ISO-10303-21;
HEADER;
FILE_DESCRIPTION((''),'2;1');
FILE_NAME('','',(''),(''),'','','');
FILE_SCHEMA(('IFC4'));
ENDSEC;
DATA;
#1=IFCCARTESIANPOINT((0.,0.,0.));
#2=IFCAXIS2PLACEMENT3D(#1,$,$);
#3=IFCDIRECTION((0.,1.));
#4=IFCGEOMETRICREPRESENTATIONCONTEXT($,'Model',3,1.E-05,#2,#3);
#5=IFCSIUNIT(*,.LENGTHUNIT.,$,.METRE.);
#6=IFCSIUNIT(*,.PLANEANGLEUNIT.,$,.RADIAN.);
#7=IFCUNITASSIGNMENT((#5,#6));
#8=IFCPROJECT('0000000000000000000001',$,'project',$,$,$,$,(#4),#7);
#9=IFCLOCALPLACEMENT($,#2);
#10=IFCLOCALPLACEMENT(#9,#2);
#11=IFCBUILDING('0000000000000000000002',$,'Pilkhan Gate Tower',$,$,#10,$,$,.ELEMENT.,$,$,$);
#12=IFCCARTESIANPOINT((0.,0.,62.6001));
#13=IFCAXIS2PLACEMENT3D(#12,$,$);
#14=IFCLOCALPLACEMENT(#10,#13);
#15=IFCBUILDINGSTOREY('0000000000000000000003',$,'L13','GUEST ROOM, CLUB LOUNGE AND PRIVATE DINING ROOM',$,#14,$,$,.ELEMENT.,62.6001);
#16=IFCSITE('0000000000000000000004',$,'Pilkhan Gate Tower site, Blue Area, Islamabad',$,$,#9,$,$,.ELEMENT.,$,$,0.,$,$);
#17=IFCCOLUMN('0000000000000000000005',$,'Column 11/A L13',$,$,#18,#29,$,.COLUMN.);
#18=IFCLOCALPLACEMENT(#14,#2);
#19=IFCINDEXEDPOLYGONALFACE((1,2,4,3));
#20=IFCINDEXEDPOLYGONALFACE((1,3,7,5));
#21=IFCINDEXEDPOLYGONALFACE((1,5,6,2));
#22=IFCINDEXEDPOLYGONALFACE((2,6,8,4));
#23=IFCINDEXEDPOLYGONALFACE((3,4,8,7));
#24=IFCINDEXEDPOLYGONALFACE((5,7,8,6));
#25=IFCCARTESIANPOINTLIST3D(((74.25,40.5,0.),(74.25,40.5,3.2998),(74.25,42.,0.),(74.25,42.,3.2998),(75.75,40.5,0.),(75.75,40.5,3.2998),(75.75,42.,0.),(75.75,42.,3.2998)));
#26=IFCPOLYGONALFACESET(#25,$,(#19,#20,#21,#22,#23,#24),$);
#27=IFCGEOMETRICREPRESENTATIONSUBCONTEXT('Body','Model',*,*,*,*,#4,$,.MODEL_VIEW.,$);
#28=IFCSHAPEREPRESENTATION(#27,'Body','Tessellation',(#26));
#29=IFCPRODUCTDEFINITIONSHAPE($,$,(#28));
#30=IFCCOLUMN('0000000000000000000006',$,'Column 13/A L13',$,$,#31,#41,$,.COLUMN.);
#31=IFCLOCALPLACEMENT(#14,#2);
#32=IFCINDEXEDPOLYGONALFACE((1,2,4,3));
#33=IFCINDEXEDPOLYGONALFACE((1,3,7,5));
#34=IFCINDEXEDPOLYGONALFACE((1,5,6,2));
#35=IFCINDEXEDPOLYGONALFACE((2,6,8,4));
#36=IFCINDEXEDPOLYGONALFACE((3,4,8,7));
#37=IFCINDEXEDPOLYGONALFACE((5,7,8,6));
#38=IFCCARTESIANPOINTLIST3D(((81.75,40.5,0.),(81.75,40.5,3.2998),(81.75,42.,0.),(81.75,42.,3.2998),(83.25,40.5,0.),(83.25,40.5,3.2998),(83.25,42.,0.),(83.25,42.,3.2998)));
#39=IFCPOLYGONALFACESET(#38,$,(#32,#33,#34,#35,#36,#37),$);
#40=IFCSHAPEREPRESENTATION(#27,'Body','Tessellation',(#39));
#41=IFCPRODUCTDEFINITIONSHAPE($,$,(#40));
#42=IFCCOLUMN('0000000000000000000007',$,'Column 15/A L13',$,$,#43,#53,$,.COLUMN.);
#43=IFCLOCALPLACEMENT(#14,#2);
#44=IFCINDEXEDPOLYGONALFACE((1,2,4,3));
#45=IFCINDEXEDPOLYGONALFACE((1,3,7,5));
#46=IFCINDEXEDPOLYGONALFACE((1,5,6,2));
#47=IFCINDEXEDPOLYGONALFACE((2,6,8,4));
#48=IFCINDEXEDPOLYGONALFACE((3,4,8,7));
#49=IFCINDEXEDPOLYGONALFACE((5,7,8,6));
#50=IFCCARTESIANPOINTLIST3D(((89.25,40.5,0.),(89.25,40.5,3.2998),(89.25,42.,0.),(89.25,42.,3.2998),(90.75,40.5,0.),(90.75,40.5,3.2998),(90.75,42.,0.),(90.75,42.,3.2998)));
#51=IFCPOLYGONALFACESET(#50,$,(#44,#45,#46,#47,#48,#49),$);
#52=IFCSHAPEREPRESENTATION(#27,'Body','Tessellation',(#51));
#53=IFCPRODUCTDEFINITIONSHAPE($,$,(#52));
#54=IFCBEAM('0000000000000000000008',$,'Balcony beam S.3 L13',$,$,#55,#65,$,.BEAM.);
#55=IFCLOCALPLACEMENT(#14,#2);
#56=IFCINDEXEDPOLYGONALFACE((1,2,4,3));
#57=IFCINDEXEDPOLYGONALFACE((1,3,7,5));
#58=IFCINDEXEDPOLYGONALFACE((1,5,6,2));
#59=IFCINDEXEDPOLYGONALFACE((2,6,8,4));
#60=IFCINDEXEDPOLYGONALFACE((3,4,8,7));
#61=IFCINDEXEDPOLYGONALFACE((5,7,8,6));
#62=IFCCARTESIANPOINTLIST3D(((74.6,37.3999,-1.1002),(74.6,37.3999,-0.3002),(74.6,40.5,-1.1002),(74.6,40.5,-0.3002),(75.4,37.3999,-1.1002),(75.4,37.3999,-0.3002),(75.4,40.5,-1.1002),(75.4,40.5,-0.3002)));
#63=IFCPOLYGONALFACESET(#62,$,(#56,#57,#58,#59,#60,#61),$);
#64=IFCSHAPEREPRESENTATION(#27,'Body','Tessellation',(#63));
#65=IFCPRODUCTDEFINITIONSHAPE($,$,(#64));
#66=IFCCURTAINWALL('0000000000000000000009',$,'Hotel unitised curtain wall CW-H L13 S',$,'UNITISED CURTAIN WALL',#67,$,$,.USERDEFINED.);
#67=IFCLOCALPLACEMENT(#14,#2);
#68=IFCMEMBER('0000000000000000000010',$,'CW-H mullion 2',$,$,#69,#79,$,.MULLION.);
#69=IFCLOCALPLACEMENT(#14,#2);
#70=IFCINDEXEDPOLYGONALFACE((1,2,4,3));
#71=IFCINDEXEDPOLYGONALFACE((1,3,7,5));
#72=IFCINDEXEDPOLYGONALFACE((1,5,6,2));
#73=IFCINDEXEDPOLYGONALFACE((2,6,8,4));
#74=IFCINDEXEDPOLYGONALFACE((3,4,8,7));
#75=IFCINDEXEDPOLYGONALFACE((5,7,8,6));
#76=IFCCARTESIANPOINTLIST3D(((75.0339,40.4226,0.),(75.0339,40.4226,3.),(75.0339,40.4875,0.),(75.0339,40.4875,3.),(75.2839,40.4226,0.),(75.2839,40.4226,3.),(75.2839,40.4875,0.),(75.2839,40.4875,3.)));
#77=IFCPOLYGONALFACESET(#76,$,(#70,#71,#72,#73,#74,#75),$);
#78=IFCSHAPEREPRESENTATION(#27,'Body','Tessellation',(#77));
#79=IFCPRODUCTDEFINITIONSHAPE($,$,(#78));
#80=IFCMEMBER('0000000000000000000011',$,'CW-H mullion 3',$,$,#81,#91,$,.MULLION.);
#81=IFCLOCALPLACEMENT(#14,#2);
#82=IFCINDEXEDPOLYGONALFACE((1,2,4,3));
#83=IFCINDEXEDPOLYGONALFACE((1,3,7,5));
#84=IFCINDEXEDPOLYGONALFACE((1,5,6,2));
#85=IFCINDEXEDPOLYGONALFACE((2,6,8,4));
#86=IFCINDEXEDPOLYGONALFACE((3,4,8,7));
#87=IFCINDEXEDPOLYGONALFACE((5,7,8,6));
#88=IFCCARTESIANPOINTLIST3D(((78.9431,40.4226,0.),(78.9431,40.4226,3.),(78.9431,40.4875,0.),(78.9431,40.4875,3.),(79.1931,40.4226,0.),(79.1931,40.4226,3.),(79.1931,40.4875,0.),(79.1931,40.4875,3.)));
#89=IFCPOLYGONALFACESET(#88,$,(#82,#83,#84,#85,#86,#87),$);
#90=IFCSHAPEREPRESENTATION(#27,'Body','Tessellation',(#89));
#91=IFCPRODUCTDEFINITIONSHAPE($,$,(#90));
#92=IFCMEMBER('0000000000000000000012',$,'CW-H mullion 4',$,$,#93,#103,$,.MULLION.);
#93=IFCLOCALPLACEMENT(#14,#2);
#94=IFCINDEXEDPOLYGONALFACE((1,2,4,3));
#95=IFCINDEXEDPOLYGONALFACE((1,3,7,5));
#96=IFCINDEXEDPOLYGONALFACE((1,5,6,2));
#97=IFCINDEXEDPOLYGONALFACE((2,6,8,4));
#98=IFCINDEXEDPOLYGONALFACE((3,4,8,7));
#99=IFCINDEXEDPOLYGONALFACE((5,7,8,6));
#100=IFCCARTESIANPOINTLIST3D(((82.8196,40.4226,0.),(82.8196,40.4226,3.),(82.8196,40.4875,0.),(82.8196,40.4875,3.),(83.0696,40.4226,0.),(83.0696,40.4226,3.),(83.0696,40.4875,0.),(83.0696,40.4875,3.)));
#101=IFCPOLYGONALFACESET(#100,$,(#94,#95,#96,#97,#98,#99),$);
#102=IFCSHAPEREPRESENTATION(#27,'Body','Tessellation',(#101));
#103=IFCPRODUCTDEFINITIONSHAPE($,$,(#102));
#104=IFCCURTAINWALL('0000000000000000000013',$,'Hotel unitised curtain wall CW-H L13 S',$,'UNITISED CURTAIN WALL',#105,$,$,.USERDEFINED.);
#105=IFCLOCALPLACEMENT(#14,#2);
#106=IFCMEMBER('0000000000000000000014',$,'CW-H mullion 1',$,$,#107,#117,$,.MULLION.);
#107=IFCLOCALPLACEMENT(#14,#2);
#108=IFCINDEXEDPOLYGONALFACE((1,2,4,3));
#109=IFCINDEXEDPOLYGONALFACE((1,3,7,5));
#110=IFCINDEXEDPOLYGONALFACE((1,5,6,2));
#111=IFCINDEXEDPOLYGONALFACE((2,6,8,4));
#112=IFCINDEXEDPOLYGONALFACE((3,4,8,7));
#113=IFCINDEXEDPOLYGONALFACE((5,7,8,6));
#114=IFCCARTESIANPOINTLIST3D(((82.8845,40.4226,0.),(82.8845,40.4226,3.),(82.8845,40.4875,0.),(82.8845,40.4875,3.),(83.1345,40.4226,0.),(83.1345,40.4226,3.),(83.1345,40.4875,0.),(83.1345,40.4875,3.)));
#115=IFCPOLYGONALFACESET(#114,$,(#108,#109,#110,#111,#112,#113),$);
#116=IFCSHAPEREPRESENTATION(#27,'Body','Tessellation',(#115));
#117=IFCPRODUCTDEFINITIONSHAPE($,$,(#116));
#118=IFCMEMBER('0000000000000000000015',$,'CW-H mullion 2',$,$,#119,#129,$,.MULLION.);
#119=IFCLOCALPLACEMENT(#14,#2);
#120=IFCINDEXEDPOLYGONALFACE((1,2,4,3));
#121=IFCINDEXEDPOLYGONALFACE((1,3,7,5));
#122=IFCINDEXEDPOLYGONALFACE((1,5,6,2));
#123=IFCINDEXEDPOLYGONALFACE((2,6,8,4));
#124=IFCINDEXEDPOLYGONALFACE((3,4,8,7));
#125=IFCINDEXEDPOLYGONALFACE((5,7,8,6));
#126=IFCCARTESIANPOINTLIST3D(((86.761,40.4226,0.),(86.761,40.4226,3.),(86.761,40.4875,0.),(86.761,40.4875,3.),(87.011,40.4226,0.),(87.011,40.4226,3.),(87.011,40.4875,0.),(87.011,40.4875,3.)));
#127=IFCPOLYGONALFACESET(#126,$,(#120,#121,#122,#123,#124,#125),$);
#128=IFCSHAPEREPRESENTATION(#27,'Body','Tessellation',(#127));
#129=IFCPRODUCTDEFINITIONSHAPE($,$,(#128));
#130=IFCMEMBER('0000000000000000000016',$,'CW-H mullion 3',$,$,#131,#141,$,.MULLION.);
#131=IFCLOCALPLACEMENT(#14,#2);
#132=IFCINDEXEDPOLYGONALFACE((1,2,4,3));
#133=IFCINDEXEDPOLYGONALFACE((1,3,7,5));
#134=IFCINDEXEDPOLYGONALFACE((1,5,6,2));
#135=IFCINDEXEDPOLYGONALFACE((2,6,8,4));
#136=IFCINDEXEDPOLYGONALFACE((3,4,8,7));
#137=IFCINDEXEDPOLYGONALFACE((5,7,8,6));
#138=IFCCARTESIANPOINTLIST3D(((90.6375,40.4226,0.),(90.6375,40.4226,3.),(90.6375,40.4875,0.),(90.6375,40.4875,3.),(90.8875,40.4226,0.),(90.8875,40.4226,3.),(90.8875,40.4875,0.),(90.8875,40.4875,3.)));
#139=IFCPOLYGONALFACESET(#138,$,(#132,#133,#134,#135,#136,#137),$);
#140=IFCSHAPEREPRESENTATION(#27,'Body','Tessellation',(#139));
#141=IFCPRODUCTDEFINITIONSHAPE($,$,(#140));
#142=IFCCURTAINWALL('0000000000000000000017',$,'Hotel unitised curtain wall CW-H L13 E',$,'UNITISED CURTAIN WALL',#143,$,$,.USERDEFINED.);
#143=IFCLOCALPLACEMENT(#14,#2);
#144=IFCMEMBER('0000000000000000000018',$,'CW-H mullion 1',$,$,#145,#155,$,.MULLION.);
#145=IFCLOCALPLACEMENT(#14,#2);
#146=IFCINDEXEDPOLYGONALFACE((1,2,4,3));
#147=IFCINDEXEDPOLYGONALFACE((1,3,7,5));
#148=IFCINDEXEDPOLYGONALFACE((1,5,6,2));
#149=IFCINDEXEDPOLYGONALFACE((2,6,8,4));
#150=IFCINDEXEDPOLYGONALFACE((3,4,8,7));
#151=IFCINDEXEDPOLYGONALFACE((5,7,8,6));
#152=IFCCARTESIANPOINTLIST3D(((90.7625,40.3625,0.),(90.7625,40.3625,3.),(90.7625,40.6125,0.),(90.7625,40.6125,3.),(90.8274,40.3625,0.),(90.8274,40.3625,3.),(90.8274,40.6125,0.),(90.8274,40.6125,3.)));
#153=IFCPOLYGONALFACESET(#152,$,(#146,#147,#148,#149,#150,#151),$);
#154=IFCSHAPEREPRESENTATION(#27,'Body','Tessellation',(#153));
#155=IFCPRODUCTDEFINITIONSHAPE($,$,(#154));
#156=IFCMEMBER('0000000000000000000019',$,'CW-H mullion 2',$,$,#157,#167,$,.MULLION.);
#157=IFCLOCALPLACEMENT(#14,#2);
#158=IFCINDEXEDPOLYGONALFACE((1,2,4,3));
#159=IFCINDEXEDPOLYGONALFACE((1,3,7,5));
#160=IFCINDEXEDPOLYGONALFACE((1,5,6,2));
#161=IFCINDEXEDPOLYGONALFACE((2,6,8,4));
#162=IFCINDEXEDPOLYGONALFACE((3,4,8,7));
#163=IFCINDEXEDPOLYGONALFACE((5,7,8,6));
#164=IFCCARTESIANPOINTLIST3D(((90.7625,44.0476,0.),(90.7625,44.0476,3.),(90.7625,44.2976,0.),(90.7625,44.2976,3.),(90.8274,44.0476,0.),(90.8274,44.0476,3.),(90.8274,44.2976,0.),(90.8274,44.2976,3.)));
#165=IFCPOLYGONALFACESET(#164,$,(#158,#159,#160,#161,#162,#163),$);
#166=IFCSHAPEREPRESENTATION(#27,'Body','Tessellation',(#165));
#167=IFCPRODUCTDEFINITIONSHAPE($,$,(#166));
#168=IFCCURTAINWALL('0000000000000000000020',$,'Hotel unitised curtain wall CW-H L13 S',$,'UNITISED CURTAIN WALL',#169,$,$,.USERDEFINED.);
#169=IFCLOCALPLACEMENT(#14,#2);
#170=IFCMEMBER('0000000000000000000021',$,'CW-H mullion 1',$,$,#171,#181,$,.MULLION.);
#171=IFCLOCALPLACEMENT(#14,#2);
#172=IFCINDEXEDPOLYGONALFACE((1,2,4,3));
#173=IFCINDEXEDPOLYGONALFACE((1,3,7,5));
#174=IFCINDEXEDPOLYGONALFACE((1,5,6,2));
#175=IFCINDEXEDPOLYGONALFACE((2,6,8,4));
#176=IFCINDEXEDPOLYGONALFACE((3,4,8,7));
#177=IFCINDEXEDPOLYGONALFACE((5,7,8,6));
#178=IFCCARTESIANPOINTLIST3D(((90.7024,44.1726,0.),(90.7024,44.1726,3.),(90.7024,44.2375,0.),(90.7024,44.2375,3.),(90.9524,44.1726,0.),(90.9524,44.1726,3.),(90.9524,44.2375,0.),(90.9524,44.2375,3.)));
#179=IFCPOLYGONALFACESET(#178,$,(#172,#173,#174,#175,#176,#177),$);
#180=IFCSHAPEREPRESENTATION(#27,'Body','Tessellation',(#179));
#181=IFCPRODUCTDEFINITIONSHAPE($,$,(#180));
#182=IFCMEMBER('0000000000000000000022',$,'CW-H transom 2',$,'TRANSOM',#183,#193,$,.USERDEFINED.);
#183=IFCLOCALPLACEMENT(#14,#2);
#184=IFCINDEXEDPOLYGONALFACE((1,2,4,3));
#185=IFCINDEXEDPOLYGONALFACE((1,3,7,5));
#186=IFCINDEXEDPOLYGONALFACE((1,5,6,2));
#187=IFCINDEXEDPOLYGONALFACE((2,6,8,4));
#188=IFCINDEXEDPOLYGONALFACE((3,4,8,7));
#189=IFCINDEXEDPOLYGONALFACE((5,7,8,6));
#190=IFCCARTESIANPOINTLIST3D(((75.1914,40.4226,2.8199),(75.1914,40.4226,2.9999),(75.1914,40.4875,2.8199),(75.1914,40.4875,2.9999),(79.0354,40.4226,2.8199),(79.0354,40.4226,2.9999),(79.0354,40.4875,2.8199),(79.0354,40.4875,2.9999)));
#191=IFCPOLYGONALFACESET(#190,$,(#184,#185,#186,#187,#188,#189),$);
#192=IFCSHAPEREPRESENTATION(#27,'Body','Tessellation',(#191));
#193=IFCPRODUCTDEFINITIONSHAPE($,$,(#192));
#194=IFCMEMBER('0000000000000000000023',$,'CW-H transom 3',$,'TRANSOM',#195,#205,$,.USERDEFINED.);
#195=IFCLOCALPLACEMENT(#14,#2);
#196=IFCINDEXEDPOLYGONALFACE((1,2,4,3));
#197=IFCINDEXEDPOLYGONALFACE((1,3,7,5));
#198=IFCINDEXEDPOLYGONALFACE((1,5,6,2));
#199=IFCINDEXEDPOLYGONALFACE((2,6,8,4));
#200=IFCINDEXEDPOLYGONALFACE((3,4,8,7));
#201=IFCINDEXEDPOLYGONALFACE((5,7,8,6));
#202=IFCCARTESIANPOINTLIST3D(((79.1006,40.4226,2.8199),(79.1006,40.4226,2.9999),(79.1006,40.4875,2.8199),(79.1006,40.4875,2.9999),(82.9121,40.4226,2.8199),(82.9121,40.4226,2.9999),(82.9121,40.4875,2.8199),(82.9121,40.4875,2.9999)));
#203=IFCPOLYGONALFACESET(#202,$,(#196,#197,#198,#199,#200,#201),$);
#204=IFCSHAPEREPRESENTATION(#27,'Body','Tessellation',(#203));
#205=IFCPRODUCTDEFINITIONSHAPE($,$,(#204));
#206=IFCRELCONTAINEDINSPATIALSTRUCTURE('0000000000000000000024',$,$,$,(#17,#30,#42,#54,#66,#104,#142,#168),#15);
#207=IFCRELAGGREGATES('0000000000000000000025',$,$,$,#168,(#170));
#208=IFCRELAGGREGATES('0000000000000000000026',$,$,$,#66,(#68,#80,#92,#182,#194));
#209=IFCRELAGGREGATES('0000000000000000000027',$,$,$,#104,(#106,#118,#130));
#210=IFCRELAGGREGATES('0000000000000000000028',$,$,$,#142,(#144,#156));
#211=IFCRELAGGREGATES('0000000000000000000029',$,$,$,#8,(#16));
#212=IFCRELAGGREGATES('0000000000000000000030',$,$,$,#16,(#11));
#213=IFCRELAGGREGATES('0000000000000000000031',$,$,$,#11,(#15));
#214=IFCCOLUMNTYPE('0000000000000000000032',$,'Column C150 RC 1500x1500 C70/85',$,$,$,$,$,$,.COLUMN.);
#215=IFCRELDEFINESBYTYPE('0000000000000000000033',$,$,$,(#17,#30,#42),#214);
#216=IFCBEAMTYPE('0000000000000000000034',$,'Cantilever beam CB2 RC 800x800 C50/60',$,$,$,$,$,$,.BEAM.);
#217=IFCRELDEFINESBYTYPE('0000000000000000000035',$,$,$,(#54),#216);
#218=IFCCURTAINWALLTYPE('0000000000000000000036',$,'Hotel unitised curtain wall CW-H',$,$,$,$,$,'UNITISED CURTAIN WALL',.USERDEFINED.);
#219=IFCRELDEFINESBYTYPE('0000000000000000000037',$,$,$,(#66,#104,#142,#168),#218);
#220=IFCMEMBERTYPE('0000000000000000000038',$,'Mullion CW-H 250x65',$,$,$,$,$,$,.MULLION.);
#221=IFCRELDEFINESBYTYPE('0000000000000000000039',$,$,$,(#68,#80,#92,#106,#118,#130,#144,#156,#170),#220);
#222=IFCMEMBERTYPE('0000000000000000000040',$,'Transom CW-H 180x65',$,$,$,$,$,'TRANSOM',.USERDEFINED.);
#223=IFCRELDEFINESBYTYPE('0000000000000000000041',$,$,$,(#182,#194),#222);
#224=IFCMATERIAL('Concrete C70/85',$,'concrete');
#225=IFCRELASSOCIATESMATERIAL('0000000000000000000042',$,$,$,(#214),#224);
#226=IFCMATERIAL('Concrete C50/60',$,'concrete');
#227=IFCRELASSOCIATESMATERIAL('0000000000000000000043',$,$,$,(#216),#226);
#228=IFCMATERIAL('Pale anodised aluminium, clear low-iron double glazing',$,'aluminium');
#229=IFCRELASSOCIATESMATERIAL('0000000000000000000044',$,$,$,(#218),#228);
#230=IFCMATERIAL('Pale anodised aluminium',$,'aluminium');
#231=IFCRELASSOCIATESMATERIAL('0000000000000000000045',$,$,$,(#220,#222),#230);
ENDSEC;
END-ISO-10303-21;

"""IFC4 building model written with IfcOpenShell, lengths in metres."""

from ifc_helpers import new_model, si_unit, direction, frame, origin, origin_2d, place, context, subcontext, project, spatial, rectangle, extrude, material, material_profile, profile_set, type_object, element, aggregate, save


model = new_model("IFC4")

# Units and contexts
model_context = context("Model", 3, precision=1e-05, world=origin(), true_north=direction((0.0, 1.0)))
body_context = subcontext(model_context, "Body", "Model", "MODEL_VIEW")
ifc_project = project(units=[si_unit("LENGTHUNIT", "METRE"), si_unit("PLANEANGLEUNIT", "RADIAN")], contexts=[model_context])

# Site, building, storey
site_placement = place(None, origin())
site = spatial("IfcSite", under=ifc_project, at=site_placement, Name="Pilkhan Gate Tower site, Blue Area, Islamabad", CompositionType="ELEMENT", RefElevation=0.0)
building_placement = place(site_placement, origin())
building = spatial("IfcBuilding", under=site, at=building_placement, Name="Pilkhan Gate Tower", CompositionType="ELEMENT")
storey_placement = place(building_placement, frame((0.0, 0.0, 62.6001)))
storey = spatial("IfcBuildingStorey", under=building, at=storey_placement, Name="L13", Description="GUEST ROOM, CLUB LOUNGE AND PRIVATE DINING ROOM", CompositionType="ELEMENT", Elevation=62.6001)

# Columns
ifc_material_1 = material(Name="Concrete C70/85", Category="concrete")
ifc_material_profile_1 = material_profile(ifc_material_1, rectangle(XDim=1.5, YDim=1.5, at=origin_2d()), Name="RC 1500x1500")
ifc_profile_set_1 = profile_set([ifc_material_profile_1], Name="Concrete C70/85")
column_type = type_object("IfcColumnType", Name="Column C150 RC 1500x1500 C70/85", PredefinedType="COLUMN", material=ifc_profile_set_1)
for number, where, z_axis, x_axis, name in (
    (1, (75.0, 41.25, 0.0), (0.0, 0.0, 1.0), (1.0, 0.0, 0.0), "Column 11/A L13"),
    (2, (82.5, 41.25, 0.0), (0.0, 0.0, 1.0), (1.0, 0.0, 0.0), "Column 13/A L13"),
    (3, (90.0, 41.25, 0.0), (0.0, 0.0, 1.0), (1.0, 0.0, 0.0), "Column 15/A L13"),
):
    element("IfcColumn", number, at=place(storey_placement, frame(where, z_axis=z_axis, x_axis=x_axis)), inside=storey, type_object=column_type, Name=name, PredefinedType="COLUMN", context=body_context, shape_type="SweptSolid", body=[
        extrude(rectangle(XDim=1.5, YDim=1.5, at=origin_2d()), origin(), (0.0, 0.0, 1.0), 3.2998),
    ])

# Beam
ifc_material_2 = material(Name="Concrete C50/60", Category="concrete")
ifc_material_profile_2 = material_profile(ifc_material_2, rectangle(XDim=0.8, YDim=0.8, at=origin_2d()), Name="RC 800x800")
ifc_profile_set_2 = profile_set([ifc_material_profile_2], Name="Concrete C50/60")
beam_type = type_object("IfcBeamType", Name="Cantilever beam CB2 RC 800x800 C50/60", PredefinedType="BEAM", material=ifc_profile_set_2)
beam_placement = place(storey_placement, frame((75.0, 40.5, -0.7002), z_axis=(0.0, -1.0, 0.0), x_axis=(1.0, 0.0, 0.0)))
element("IfcBeam", 4, at=beam_placement, inside=storey, type_object=beam_type, Name="Balcony beam S.3 L13", PredefinedType="BEAM", context=body_context, shape_type="SweptSolid", body=[
    extrude(rectangle(XDim=0.8, YDim=0.8, at=origin_2d()), origin(), (0.0, 0.0, 1.0), 3.1001),
])

# Curtain walls, members
ifc_material_3 = material(Name="Pale anodised aluminium, clear low-iron double glazing", Category="aluminium")
curtain_wall_type = type_object("IfcCurtainWallType", Name="Hotel unitised curtain wall CW-H", ElementType="UNITISED CURTAIN WALL", PredefinedType="USERDEFINED", material=ifc_material_3)
curtain_wall_1_placement = place(storey_placement, origin())
curtain_wall_1 = element("IfcCurtainWall", 5, at=curtain_wall_1_placement, inside=storey, type_object=curtain_wall_type, Name="Hotel unitised curtain wall CW-H L13 S", ObjectType="UNITISED CURTAIN WALL", PredefinedType="USERDEFINED")
ifc_material_4 = material(Name="Pale anodised aluminium", Category="aluminium")
ifc_material_profile_3 = material_profile(ifc_material_4, rectangle(XDim=0.0649, YDim=0.25, at=origin_2d()), Name="Mullion 250x65")
ifc_profile_set_3 = profile_set([ifc_material_profile_3], Name="Pale anodised aluminium")
member_type_1 = type_object("IfcMemberType", Name="Mullion CW-H 250x65", PredefinedType="MULLION", material=ifc_profile_set_3)
member_1_placement = place(storey_placement, frame((75.1589, 40.4551, 0.0), z_axis=(0.0, 0.0, 1.0), x_axis=(0.0, 1.0, 0.0)))
member_1 = element("IfcMember", 6, at=member_1_placement, type_object=member_type_1, Name="CW-H mullion 2", PredefinedType="MULLION", context=body_context, shape_type="SweptSolid", body=[
    extrude(rectangle(XDim=0.0649, YDim=0.25, at=origin_2d()), origin(), (0.0, 0.0, 1.0), 3.0),
])
member_2_placement = place(storey_placement, frame((79.0681, 40.4551, 0.0), z_axis=(0.0, 0.0, 1.0), x_axis=(0.0, 1.0, 0.0)))
member_2 = element("IfcMember", 7, at=member_2_placement, type_object=member_type_1, Name="CW-H mullion 3", PredefinedType="MULLION", context=body_context, shape_type="SweptSolid", body=[
    extrude(rectangle(XDim=0.0649, YDim=0.25, at=origin_2d()), origin(), (0.0, 0.0, 1.0), 3.0),
])
member_3_placement = place(storey_placement, frame((82.9446, 40.4551, 0.0), z_axis=(0.0, 0.0, 1.0), x_axis=(0.0, 1.0, 0.0)))
member_3 = element("IfcMember", 8, at=member_3_placement, type_object=member_type_1, Name="CW-H mullion 4", PredefinedType="MULLION", context=body_context, shape_type="SweptSolid", body=[
    extrude(rectangle(XDim=0.0649, YDim=0.25, at=origin_2d()), origin(), (0.0, 0.0, 1.0), 3.0),
])
curtain_wall_2_placement = place(storey_placement, origin())
curtain_wall_2 = element("IfcCurtainWall", 9, at=curtain_wall_2_placement, inside=storey, type_object=curtain_wall_type, Name="Hotel unitised curtain wall CW-H L13 S", ObjectType="UNITISED CURTAIN WALL", PredefinedType="USERDEFINED")
member_4_placement = place(storey_placement, frame((83.0095, 40.4551, 0.0), z_axis=(0.0, 0.0, 1.0), x_axis=(0.0, 1.0, 0.0)))
member_4 = element("IfcMember", 10, at=member_4_placement, type_object=member_type_1, Name="CW-H mullion 1", PredefinedType="MULLION", context=body_context, shape_type="SweptSolid", body=[
    extrude(rectangle(XDim=0.0649, YDim=0.25, at=origin_2d()), origin(), (0.0, 0.0, 1.0), 3.0),
])
member_5_placement = place(storey_placement, frame((86.886, 40.4551, 0.0), z_axis=(0.0, 0.0, 1.0), x_axis=(0.0, 1.0, 0.0)))
member_5 = element("IfcMember", 11, at=member_5_placement, type_object=member_type_1, Name="CW-H mullion 2", PredefinedType="MULLION", context=body_context, shape_type="SweptSolid", body=[
    extrude(rectangle(XDim=0.0649, YDim=0.25, at=origin_2d()), origin(), (0.0, 0.0, 1.0), 3.0),
])
member_6_placement = place(storey_placement, frame((90.7625, 40.4551, 0.0), z_axis=(0.0, 0.0, 1.0), x_axis=(0.0, 1.0, 0.0)))
member_6 = element("IfcMember", 12, at=member_6_placement, type_object=member_type_1, Name="CW-H mullion 3", PredefinedType="MULLION", context=body_context, shape_type="SweptSolid", body=[
    extrude(rectangle(XDim=0.0649, YDim=0.25, at=origin_2d()), origin(), (0.0, 0.0, 1.0), 3.0),
])
curtain_wall_3_placement = place(storey_placement, origin())
curtain_wall_3 = element("IfcCurtainWall", 13, at=curtain_wall_3_placement, inside=storey, type_object=curtain_wall_type, Name="Hotel unitised curtain wall CW-H L13 E", ObjectType="UNITISED CURTAIN WALL", PredefinedType="USERDEFINED")
member_7_placement = place(storey_placement, frame((90.7949, 40.4875, 0.0), z_axis=(0.0, 0.0, 1.0), x_axis=(-1.0, 0.0, 0.0)))
member_7 = element("IfcMember", 14, at=member_7_placement, type_object=member_type_1, Name="CW-H mullion 1", PredefinedType="MULLION", context=body_context, shape_type="SweptSolid", body=[
    extrude(rectangle(XDim=0.0649, YDim=0.25, at=origin_2d()), origin(), (0.0, 0.0, 1.0), 3.0),
])
member_8_placement = place(storey_placement, frame((90.7949, 44.1726, 0.0), z_axis=(0.0, 0.0, 1.0), x_axis=(-1.0, 0.0, 0.0)))
member_8 = element("IfcMember", 15, at=member_8_placement, type_object=member_type_1, Name="CW-H mullion 2", PredefinedType="MULLION", context=body_context, shape_type="SweptSolid", body=[
    extrude(rectangle(XDim=0.0649, YDim=0.25, at=origin_2d()), origin(), (0.0, 0.0, 1.0), 3.0),
])

# Curtain wall, member
curtain_wall_4_placement = place(storey_placement, origin())
curtain_wall_4 = element("IfcCurtainWall", 16, at=curtain_wall_4_placement, inside=storey, type_object=curtain_wall_type, Name="Hotel unitised curtain wall CW-H L13 S", ObjectType="UNITISED CURTAIN WALL", PredefinedType="USERDEFINED")
member_9_placement = place(storey_placement, frame((90.8274, 44.2051, 0.0), z_axis=(0.0, 0.0, 1.0), x_axis=(0.0, 1.0, 0.0)))
member_9 = element("IfcMember", 17, at=member_9_placement, type_object=member_type_1, Name="CW-H mullion 1", PredefinedType="MULLION", context=body_context, shape_type="SweptSolid", body=[
    extrude(rectangle(XDim=0.0649, YDim=0.25, at=origin_2d()), origin(), (0.0, 0.0, 1.0), 3.0),
])

# Members
ifc_material_profile_4 = material_profile(ifc_material_4, rectangle(XDim=0.0649, YDim=0.1799, at=origin_2d()), Name="Transom 180x65")
ifc_profile_set_4 = profile_set([ifc_material_profile_4], Name="Pale anodised aluminium")
member_type_2 = type_object("IfcMemberType", Name="Transom CW-H 180x65", ElementType="TRANSOM", PredefinedType="USERDEFINED", material=ifc_profile_set_4)
member_10_placement = place(storey_placement, frame((75.1914, 40.4551, 2.9099), z_axis=(1.0, 0.0, 0.0), x_axis=(0.0, 1.0, 0.0)))
member_10 = element("IfcMember", 18, at=member_10_placement, type_object=member_type_2, Name="CW-H transom 2", ObjectType="TRANSOM", PredefinedType="USERDEFINED", context=body_context, shape_type="SweptSolid", body=[
    extrude(rectangle(XDim=0.0649, YDim=0.1799, at=origin_2d()), origin(), (0.0, 0.0, 1.0), 3.844),
])
member_11_placement = place(storey_placement, frame((79.1006, 40.4551, 2.9099), z_axis=(1.0, 0.0, 0.0), x_axis=(0.0, 1.0, 0.0)))
member_11 = element("IfcMember", 19, at=member_11_placement, type_object=member_type_2, Name="CW-H transom 3", ObjectType="TRANSOM", PredefinedType="USERDEFINED", context=body_context, shape_type="SweptSolid", body=[
    extrude(rectangle(XDim=0.0649, YDim=0.1799, at=origin_2d()), origin(), (0.0, 0.0, 1.0), 3.8115),
])
aggregate(curtain_wall_4, [member_9])

aggregate(curtain_wall_1, [member_1, member_2, member_3, member_10, member_11])
aggregate(curtain_wall_2, [member_4, member_5, member_6])
aggregate(curtain_wall_3, [member_7, member_8])

save(model, "model.ifc")
